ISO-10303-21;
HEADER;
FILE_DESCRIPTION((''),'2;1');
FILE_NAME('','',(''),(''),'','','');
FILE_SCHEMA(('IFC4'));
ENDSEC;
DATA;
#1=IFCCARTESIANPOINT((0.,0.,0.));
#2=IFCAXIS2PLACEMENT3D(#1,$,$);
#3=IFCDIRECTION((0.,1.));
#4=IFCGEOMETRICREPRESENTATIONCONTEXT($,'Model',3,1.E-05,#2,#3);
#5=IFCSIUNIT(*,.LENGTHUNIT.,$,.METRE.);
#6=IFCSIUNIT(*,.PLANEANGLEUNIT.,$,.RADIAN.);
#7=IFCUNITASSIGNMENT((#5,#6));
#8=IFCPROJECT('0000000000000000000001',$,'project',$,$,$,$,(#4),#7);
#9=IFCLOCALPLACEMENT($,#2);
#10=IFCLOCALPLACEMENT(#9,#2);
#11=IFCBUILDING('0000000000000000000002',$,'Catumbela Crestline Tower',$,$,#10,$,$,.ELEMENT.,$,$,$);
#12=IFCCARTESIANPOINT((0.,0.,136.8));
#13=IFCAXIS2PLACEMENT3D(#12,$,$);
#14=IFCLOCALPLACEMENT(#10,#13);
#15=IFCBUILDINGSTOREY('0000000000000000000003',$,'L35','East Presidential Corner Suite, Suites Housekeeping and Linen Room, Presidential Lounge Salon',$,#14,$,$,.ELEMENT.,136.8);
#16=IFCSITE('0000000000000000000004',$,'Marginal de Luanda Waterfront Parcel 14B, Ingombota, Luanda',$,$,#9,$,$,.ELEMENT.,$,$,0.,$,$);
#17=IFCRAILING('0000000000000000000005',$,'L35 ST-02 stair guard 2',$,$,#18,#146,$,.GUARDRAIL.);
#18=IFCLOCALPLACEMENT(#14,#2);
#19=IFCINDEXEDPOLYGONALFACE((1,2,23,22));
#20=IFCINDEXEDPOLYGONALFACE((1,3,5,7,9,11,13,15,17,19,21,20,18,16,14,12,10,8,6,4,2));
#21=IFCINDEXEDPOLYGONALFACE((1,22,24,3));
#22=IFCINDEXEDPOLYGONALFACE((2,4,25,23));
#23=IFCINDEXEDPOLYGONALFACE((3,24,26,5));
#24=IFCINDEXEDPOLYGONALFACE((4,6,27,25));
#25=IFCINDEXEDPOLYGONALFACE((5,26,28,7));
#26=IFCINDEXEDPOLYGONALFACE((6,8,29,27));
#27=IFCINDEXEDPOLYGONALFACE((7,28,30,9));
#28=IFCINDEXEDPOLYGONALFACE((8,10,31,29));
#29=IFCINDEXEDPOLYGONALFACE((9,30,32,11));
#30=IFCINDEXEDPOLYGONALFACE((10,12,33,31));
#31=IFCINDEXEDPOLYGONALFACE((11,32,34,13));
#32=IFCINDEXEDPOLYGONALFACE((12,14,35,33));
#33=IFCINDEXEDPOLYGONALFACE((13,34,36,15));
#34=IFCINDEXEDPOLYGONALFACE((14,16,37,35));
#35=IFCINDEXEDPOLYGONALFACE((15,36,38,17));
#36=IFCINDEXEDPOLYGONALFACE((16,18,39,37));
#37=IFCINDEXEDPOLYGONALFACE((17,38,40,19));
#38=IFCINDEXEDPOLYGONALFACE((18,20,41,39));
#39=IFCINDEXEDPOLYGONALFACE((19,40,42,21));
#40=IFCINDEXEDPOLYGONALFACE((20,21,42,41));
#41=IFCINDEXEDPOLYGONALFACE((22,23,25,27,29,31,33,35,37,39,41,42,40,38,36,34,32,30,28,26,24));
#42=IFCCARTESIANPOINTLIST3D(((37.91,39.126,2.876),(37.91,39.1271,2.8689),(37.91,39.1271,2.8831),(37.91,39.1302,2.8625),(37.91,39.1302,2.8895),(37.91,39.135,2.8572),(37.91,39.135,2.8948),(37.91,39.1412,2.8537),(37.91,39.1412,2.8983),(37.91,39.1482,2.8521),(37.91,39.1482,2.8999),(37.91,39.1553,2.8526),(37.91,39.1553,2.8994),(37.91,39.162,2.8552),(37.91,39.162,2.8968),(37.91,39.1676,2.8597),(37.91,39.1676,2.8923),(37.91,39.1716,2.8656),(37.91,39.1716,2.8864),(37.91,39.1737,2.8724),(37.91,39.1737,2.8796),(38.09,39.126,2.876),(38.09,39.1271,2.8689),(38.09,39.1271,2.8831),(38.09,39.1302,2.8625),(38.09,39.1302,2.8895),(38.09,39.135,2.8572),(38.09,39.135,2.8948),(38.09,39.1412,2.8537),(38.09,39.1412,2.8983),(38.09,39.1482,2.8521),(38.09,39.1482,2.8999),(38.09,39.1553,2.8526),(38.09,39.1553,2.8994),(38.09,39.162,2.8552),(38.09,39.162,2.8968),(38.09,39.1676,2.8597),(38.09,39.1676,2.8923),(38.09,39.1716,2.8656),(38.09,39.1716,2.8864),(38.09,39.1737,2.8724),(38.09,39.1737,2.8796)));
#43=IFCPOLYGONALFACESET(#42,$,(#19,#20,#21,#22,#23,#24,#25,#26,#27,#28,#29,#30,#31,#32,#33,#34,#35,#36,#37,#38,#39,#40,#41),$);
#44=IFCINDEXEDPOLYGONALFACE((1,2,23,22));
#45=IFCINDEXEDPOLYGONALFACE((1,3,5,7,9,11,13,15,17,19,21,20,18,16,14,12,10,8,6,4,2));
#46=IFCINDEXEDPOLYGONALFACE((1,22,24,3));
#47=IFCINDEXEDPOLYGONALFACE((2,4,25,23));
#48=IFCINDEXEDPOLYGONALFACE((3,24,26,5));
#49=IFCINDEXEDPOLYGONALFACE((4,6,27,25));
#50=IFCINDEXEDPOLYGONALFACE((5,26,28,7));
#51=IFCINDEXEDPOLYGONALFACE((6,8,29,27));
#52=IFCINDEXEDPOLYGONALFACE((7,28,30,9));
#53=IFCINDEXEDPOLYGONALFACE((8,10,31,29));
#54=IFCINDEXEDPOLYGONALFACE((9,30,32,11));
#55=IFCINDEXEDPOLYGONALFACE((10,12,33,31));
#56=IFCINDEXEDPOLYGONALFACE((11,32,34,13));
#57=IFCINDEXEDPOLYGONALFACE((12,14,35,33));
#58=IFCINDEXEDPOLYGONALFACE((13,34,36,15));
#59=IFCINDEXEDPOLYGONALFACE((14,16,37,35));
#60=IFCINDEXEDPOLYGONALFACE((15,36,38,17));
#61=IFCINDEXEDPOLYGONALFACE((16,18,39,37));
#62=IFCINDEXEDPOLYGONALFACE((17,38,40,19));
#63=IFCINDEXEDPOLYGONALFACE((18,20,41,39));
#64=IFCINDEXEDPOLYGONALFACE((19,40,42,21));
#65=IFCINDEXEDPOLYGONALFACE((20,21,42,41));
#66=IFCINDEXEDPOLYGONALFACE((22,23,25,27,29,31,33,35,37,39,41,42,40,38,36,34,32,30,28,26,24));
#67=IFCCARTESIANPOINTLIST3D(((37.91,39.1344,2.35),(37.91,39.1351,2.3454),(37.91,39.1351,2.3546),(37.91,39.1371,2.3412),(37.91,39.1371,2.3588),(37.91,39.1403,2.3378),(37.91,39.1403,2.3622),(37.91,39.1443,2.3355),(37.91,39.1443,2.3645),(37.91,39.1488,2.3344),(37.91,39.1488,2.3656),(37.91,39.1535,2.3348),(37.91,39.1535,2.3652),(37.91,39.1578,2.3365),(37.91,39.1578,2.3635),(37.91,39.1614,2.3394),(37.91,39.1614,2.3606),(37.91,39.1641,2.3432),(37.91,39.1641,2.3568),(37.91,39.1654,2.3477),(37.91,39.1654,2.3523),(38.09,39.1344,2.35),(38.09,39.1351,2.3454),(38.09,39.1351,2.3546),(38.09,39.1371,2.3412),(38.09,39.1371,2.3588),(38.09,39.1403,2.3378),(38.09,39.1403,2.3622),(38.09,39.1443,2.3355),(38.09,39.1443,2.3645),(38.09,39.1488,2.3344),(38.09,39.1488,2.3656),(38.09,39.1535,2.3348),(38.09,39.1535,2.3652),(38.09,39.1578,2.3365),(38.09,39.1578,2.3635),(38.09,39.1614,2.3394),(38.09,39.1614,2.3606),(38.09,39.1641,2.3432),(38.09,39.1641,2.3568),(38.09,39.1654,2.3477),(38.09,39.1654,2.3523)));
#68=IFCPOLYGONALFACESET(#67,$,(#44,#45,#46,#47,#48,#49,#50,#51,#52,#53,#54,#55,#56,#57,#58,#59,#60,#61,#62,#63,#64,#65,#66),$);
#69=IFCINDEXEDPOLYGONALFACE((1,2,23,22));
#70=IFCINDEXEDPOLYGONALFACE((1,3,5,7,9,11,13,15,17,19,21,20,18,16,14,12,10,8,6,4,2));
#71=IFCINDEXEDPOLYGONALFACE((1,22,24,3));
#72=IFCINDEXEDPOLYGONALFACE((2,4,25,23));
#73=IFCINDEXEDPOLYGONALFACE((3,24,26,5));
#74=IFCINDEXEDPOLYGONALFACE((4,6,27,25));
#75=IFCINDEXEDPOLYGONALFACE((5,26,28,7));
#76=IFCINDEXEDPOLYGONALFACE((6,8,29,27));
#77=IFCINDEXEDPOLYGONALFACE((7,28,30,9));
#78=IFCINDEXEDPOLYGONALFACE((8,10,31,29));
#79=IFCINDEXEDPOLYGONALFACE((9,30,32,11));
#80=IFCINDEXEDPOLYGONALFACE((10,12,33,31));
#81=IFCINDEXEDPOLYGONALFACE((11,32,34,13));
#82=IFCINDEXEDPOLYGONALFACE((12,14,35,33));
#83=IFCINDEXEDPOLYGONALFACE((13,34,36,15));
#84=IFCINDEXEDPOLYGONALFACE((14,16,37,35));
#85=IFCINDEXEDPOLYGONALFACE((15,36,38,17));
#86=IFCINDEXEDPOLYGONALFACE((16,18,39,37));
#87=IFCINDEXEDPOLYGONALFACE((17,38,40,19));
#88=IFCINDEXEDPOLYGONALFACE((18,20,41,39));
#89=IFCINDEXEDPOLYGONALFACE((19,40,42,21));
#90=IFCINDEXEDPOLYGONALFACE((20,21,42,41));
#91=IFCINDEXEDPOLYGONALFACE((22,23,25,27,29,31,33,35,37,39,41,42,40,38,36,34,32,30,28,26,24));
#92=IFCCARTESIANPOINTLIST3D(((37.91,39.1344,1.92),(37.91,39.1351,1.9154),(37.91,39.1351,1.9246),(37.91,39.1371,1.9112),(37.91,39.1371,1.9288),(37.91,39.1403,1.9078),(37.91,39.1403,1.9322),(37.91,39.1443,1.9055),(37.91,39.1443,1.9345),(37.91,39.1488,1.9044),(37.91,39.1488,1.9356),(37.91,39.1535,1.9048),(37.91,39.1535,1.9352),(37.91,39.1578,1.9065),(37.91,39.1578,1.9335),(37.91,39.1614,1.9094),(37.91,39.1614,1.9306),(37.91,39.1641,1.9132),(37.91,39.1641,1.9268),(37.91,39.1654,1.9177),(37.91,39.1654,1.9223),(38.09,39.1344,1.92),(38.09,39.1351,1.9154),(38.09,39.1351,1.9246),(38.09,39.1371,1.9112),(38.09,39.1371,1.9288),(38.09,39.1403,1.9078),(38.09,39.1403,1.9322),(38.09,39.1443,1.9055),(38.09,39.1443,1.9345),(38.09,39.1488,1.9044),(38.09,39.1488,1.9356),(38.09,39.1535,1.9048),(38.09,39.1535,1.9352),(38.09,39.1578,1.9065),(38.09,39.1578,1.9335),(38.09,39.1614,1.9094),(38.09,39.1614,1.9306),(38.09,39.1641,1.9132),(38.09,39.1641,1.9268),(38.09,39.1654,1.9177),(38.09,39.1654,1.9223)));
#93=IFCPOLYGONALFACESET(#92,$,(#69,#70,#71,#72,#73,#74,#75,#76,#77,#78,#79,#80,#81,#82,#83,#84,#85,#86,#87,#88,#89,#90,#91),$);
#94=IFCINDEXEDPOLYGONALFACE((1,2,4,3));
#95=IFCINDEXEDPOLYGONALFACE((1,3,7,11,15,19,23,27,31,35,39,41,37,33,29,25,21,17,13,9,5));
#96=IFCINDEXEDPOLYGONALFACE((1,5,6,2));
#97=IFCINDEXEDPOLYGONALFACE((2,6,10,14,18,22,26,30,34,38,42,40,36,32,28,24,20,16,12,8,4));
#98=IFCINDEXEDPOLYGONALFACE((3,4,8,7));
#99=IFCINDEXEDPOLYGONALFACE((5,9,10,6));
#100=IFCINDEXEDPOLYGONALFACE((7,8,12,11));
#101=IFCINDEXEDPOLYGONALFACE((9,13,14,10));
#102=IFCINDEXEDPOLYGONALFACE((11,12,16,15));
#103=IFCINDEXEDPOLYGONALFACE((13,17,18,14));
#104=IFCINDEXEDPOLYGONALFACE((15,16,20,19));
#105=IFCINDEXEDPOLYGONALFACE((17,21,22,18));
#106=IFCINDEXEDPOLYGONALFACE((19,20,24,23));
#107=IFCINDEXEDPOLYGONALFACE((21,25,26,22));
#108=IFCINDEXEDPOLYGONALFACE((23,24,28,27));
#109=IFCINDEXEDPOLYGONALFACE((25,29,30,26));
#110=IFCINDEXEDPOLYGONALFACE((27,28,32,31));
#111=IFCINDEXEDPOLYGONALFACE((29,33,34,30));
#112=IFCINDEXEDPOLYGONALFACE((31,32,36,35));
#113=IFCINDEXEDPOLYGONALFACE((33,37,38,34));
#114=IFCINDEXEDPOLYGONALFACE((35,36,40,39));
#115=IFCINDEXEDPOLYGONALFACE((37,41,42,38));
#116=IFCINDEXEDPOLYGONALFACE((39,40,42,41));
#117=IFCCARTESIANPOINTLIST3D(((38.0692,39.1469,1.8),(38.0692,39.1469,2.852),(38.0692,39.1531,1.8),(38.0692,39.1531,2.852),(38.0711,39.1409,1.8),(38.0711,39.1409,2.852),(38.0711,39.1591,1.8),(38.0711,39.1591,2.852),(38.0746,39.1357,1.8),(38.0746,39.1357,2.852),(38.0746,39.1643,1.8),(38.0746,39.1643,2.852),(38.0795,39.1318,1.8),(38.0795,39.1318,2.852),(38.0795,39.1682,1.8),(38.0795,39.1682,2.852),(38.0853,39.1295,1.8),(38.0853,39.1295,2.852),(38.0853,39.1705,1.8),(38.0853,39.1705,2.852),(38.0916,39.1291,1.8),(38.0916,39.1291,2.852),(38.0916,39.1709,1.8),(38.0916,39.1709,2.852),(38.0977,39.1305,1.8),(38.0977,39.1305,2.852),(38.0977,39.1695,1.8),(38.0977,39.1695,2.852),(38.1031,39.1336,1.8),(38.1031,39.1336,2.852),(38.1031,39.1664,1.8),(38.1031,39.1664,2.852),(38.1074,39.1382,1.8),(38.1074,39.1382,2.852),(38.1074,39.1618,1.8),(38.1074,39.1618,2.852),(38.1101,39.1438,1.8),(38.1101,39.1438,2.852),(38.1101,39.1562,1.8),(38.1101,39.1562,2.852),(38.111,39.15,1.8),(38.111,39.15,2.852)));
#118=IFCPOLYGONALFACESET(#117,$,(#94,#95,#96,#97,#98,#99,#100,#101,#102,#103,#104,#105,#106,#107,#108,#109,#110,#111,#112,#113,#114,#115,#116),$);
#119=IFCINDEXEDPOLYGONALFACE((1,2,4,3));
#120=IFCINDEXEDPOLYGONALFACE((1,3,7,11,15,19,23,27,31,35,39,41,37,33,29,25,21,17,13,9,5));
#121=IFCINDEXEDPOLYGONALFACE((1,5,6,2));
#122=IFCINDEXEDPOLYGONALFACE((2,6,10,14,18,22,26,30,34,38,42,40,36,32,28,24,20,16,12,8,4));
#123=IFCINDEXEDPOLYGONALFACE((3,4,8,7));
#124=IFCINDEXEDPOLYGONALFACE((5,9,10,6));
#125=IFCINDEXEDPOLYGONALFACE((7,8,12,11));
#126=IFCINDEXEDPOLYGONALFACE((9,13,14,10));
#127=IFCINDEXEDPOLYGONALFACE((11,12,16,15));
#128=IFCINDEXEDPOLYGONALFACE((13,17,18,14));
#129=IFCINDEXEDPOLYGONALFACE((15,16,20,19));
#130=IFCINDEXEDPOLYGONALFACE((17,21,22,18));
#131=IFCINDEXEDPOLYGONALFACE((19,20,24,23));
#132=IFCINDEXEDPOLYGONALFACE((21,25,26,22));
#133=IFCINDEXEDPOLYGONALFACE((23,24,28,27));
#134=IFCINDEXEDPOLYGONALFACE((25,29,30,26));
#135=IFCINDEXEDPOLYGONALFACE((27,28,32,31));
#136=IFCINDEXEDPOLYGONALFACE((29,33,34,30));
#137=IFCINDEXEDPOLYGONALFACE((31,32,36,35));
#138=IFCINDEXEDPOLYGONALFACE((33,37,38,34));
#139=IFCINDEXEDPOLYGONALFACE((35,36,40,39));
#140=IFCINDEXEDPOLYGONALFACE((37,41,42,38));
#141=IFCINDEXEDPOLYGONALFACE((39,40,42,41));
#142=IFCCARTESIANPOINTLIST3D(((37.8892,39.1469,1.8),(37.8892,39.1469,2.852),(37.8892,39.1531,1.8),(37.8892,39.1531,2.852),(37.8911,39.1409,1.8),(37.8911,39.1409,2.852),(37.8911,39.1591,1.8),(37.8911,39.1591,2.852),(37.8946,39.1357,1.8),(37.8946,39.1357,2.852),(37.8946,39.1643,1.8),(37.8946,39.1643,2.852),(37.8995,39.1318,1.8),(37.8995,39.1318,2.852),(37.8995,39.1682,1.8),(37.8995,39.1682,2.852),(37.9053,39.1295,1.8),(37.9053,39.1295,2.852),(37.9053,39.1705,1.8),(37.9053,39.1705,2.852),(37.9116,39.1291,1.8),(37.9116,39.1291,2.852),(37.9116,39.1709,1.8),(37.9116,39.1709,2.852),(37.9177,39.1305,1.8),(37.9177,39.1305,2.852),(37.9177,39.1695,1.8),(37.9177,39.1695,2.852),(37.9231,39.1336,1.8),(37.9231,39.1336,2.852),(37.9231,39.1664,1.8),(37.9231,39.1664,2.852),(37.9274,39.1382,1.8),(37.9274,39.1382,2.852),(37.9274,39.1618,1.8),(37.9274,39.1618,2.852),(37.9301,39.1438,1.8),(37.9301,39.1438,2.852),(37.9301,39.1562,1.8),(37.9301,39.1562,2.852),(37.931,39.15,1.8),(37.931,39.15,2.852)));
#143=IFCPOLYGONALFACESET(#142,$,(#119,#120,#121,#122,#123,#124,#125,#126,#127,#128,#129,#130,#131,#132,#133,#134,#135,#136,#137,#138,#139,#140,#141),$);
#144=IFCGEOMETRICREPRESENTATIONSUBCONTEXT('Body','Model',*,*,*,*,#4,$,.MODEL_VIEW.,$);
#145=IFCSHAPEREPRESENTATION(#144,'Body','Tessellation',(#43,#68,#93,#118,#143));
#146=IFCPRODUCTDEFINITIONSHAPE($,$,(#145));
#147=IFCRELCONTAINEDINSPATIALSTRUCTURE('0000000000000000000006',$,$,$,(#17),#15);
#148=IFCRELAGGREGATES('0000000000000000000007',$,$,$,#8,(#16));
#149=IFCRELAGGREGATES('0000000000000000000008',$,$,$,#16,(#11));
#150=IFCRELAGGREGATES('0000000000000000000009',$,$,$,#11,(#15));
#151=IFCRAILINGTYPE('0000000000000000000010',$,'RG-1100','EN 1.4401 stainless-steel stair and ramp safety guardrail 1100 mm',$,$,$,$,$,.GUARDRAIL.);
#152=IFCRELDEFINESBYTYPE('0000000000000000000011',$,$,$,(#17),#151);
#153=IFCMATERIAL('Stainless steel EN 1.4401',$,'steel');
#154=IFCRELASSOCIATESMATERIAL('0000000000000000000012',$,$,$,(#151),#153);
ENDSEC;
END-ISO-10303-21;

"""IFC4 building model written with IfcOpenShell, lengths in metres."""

from ifc_helpers import new_model, si_unit, direction, frame, origin, origin_2d, place, context, subcontext, project, spatial, circle, extrude, material, type_object, element, save


model = new_model("IFC4")

# Units and contexts
model_context = context("Model", 3, precision=1e-05, world=origin(), true_north=direction((0.0, 1.0)))
body_context = subcontext(model_context, "Body", "Model", "MODEL_VIEW")
ifc_project = project(units=[si_unit("LENGTHUNIT", "METRE"), si_unit("PLANEANGLEUNIT", "RADIAN")], contexts=[model_context])

# Site, building, storey
site_placement = place(None, origin())
site = spatial("IfcSite", under=ifc_project, at=site_placement, Name="Marginal de Luanda Waterfront Parcel 14B, Ingombota, Luanda", CompositionType="ELEMENT", RefElevation=0.0)
building_placement = place(site_placement, origin())
building = spatial("IfcBuilding", under=site, at=building_placement, Name="Catumbela Crestline Tower", CompositionType="ELEMENT")
storey_placement = place(building_placement, frame((0.0, 0.0, 136.8)))
storey = spatial("IfcBuildingStorey", under=building, at=storey_placement, Name="L35", Description="East Presidential Corner Suite, Suites Housekeeping and Linen Room, Presidential Lounge Salon", CompositionType="ELEMENT", Elevation=136.8)

# Shared definitions
ifc_material_1 = material(Name="Stainless steel EN 1.4401", Category="steel")

# Railing
railing_type_1 = type_object("IfcRailingType", Name="RG-1100", Description="EN 1.4401 stainless-steel stair and ramp safety guardrail 1100 mm", PredefinedType="GUARDRAIL", material=ifc_material_1)
railing_1_placement = place(storey_placement, frame((38.09, 39.15, 1.8)))
element("IfcRailing", 1, at=railing_1_placement, inside=storey, type_object=railing_type_1, Name="L35 ST-02 stair guard 2", PredefinedType="GUARDRAIL", context=body_context, shape_type="SweptSolid", body=[
    extrude(circle(Radius=0.024, at=origin_2d()), frame((0.0, 0.0, 1.076), z_axis=(-1.0, 0.0, 0.0), x_axis=(0.0, -1.0, 0.0)), (0.0, 0.0, 1.0), 0.18),
    extrude(circle(Radius=0.0156, at=origin_2d()), frame((0.0, 0.0, 0.55), z_axis=(-1.0, 0.0, 0.0), x_axis=(0.0, -1.0, 0.0)), (0.0, 0.0, 1.0), 0.18),
    extrude(circle(Radius=0.0156, at=origin_2d()), frame((0.0, 0.0, 0.12), z_axis=(-1.0, 0.0, 0.0), x_axis=(0.0, -1.0, 0.0)), (0.0, 0.0, 1.0), 0.18),
    extrude(circle(Radius=0.021, at=origin_2d()), origin(), (0.0, 0.0, 1.0), 1.052),
    extrude(circle(Radius=0.021, at=origin_2d()), frame((-0.18, 0.0, 0.0)), (0.0, 0.0, 1.0), 1.052),
])

save(model, "model.ifc")
